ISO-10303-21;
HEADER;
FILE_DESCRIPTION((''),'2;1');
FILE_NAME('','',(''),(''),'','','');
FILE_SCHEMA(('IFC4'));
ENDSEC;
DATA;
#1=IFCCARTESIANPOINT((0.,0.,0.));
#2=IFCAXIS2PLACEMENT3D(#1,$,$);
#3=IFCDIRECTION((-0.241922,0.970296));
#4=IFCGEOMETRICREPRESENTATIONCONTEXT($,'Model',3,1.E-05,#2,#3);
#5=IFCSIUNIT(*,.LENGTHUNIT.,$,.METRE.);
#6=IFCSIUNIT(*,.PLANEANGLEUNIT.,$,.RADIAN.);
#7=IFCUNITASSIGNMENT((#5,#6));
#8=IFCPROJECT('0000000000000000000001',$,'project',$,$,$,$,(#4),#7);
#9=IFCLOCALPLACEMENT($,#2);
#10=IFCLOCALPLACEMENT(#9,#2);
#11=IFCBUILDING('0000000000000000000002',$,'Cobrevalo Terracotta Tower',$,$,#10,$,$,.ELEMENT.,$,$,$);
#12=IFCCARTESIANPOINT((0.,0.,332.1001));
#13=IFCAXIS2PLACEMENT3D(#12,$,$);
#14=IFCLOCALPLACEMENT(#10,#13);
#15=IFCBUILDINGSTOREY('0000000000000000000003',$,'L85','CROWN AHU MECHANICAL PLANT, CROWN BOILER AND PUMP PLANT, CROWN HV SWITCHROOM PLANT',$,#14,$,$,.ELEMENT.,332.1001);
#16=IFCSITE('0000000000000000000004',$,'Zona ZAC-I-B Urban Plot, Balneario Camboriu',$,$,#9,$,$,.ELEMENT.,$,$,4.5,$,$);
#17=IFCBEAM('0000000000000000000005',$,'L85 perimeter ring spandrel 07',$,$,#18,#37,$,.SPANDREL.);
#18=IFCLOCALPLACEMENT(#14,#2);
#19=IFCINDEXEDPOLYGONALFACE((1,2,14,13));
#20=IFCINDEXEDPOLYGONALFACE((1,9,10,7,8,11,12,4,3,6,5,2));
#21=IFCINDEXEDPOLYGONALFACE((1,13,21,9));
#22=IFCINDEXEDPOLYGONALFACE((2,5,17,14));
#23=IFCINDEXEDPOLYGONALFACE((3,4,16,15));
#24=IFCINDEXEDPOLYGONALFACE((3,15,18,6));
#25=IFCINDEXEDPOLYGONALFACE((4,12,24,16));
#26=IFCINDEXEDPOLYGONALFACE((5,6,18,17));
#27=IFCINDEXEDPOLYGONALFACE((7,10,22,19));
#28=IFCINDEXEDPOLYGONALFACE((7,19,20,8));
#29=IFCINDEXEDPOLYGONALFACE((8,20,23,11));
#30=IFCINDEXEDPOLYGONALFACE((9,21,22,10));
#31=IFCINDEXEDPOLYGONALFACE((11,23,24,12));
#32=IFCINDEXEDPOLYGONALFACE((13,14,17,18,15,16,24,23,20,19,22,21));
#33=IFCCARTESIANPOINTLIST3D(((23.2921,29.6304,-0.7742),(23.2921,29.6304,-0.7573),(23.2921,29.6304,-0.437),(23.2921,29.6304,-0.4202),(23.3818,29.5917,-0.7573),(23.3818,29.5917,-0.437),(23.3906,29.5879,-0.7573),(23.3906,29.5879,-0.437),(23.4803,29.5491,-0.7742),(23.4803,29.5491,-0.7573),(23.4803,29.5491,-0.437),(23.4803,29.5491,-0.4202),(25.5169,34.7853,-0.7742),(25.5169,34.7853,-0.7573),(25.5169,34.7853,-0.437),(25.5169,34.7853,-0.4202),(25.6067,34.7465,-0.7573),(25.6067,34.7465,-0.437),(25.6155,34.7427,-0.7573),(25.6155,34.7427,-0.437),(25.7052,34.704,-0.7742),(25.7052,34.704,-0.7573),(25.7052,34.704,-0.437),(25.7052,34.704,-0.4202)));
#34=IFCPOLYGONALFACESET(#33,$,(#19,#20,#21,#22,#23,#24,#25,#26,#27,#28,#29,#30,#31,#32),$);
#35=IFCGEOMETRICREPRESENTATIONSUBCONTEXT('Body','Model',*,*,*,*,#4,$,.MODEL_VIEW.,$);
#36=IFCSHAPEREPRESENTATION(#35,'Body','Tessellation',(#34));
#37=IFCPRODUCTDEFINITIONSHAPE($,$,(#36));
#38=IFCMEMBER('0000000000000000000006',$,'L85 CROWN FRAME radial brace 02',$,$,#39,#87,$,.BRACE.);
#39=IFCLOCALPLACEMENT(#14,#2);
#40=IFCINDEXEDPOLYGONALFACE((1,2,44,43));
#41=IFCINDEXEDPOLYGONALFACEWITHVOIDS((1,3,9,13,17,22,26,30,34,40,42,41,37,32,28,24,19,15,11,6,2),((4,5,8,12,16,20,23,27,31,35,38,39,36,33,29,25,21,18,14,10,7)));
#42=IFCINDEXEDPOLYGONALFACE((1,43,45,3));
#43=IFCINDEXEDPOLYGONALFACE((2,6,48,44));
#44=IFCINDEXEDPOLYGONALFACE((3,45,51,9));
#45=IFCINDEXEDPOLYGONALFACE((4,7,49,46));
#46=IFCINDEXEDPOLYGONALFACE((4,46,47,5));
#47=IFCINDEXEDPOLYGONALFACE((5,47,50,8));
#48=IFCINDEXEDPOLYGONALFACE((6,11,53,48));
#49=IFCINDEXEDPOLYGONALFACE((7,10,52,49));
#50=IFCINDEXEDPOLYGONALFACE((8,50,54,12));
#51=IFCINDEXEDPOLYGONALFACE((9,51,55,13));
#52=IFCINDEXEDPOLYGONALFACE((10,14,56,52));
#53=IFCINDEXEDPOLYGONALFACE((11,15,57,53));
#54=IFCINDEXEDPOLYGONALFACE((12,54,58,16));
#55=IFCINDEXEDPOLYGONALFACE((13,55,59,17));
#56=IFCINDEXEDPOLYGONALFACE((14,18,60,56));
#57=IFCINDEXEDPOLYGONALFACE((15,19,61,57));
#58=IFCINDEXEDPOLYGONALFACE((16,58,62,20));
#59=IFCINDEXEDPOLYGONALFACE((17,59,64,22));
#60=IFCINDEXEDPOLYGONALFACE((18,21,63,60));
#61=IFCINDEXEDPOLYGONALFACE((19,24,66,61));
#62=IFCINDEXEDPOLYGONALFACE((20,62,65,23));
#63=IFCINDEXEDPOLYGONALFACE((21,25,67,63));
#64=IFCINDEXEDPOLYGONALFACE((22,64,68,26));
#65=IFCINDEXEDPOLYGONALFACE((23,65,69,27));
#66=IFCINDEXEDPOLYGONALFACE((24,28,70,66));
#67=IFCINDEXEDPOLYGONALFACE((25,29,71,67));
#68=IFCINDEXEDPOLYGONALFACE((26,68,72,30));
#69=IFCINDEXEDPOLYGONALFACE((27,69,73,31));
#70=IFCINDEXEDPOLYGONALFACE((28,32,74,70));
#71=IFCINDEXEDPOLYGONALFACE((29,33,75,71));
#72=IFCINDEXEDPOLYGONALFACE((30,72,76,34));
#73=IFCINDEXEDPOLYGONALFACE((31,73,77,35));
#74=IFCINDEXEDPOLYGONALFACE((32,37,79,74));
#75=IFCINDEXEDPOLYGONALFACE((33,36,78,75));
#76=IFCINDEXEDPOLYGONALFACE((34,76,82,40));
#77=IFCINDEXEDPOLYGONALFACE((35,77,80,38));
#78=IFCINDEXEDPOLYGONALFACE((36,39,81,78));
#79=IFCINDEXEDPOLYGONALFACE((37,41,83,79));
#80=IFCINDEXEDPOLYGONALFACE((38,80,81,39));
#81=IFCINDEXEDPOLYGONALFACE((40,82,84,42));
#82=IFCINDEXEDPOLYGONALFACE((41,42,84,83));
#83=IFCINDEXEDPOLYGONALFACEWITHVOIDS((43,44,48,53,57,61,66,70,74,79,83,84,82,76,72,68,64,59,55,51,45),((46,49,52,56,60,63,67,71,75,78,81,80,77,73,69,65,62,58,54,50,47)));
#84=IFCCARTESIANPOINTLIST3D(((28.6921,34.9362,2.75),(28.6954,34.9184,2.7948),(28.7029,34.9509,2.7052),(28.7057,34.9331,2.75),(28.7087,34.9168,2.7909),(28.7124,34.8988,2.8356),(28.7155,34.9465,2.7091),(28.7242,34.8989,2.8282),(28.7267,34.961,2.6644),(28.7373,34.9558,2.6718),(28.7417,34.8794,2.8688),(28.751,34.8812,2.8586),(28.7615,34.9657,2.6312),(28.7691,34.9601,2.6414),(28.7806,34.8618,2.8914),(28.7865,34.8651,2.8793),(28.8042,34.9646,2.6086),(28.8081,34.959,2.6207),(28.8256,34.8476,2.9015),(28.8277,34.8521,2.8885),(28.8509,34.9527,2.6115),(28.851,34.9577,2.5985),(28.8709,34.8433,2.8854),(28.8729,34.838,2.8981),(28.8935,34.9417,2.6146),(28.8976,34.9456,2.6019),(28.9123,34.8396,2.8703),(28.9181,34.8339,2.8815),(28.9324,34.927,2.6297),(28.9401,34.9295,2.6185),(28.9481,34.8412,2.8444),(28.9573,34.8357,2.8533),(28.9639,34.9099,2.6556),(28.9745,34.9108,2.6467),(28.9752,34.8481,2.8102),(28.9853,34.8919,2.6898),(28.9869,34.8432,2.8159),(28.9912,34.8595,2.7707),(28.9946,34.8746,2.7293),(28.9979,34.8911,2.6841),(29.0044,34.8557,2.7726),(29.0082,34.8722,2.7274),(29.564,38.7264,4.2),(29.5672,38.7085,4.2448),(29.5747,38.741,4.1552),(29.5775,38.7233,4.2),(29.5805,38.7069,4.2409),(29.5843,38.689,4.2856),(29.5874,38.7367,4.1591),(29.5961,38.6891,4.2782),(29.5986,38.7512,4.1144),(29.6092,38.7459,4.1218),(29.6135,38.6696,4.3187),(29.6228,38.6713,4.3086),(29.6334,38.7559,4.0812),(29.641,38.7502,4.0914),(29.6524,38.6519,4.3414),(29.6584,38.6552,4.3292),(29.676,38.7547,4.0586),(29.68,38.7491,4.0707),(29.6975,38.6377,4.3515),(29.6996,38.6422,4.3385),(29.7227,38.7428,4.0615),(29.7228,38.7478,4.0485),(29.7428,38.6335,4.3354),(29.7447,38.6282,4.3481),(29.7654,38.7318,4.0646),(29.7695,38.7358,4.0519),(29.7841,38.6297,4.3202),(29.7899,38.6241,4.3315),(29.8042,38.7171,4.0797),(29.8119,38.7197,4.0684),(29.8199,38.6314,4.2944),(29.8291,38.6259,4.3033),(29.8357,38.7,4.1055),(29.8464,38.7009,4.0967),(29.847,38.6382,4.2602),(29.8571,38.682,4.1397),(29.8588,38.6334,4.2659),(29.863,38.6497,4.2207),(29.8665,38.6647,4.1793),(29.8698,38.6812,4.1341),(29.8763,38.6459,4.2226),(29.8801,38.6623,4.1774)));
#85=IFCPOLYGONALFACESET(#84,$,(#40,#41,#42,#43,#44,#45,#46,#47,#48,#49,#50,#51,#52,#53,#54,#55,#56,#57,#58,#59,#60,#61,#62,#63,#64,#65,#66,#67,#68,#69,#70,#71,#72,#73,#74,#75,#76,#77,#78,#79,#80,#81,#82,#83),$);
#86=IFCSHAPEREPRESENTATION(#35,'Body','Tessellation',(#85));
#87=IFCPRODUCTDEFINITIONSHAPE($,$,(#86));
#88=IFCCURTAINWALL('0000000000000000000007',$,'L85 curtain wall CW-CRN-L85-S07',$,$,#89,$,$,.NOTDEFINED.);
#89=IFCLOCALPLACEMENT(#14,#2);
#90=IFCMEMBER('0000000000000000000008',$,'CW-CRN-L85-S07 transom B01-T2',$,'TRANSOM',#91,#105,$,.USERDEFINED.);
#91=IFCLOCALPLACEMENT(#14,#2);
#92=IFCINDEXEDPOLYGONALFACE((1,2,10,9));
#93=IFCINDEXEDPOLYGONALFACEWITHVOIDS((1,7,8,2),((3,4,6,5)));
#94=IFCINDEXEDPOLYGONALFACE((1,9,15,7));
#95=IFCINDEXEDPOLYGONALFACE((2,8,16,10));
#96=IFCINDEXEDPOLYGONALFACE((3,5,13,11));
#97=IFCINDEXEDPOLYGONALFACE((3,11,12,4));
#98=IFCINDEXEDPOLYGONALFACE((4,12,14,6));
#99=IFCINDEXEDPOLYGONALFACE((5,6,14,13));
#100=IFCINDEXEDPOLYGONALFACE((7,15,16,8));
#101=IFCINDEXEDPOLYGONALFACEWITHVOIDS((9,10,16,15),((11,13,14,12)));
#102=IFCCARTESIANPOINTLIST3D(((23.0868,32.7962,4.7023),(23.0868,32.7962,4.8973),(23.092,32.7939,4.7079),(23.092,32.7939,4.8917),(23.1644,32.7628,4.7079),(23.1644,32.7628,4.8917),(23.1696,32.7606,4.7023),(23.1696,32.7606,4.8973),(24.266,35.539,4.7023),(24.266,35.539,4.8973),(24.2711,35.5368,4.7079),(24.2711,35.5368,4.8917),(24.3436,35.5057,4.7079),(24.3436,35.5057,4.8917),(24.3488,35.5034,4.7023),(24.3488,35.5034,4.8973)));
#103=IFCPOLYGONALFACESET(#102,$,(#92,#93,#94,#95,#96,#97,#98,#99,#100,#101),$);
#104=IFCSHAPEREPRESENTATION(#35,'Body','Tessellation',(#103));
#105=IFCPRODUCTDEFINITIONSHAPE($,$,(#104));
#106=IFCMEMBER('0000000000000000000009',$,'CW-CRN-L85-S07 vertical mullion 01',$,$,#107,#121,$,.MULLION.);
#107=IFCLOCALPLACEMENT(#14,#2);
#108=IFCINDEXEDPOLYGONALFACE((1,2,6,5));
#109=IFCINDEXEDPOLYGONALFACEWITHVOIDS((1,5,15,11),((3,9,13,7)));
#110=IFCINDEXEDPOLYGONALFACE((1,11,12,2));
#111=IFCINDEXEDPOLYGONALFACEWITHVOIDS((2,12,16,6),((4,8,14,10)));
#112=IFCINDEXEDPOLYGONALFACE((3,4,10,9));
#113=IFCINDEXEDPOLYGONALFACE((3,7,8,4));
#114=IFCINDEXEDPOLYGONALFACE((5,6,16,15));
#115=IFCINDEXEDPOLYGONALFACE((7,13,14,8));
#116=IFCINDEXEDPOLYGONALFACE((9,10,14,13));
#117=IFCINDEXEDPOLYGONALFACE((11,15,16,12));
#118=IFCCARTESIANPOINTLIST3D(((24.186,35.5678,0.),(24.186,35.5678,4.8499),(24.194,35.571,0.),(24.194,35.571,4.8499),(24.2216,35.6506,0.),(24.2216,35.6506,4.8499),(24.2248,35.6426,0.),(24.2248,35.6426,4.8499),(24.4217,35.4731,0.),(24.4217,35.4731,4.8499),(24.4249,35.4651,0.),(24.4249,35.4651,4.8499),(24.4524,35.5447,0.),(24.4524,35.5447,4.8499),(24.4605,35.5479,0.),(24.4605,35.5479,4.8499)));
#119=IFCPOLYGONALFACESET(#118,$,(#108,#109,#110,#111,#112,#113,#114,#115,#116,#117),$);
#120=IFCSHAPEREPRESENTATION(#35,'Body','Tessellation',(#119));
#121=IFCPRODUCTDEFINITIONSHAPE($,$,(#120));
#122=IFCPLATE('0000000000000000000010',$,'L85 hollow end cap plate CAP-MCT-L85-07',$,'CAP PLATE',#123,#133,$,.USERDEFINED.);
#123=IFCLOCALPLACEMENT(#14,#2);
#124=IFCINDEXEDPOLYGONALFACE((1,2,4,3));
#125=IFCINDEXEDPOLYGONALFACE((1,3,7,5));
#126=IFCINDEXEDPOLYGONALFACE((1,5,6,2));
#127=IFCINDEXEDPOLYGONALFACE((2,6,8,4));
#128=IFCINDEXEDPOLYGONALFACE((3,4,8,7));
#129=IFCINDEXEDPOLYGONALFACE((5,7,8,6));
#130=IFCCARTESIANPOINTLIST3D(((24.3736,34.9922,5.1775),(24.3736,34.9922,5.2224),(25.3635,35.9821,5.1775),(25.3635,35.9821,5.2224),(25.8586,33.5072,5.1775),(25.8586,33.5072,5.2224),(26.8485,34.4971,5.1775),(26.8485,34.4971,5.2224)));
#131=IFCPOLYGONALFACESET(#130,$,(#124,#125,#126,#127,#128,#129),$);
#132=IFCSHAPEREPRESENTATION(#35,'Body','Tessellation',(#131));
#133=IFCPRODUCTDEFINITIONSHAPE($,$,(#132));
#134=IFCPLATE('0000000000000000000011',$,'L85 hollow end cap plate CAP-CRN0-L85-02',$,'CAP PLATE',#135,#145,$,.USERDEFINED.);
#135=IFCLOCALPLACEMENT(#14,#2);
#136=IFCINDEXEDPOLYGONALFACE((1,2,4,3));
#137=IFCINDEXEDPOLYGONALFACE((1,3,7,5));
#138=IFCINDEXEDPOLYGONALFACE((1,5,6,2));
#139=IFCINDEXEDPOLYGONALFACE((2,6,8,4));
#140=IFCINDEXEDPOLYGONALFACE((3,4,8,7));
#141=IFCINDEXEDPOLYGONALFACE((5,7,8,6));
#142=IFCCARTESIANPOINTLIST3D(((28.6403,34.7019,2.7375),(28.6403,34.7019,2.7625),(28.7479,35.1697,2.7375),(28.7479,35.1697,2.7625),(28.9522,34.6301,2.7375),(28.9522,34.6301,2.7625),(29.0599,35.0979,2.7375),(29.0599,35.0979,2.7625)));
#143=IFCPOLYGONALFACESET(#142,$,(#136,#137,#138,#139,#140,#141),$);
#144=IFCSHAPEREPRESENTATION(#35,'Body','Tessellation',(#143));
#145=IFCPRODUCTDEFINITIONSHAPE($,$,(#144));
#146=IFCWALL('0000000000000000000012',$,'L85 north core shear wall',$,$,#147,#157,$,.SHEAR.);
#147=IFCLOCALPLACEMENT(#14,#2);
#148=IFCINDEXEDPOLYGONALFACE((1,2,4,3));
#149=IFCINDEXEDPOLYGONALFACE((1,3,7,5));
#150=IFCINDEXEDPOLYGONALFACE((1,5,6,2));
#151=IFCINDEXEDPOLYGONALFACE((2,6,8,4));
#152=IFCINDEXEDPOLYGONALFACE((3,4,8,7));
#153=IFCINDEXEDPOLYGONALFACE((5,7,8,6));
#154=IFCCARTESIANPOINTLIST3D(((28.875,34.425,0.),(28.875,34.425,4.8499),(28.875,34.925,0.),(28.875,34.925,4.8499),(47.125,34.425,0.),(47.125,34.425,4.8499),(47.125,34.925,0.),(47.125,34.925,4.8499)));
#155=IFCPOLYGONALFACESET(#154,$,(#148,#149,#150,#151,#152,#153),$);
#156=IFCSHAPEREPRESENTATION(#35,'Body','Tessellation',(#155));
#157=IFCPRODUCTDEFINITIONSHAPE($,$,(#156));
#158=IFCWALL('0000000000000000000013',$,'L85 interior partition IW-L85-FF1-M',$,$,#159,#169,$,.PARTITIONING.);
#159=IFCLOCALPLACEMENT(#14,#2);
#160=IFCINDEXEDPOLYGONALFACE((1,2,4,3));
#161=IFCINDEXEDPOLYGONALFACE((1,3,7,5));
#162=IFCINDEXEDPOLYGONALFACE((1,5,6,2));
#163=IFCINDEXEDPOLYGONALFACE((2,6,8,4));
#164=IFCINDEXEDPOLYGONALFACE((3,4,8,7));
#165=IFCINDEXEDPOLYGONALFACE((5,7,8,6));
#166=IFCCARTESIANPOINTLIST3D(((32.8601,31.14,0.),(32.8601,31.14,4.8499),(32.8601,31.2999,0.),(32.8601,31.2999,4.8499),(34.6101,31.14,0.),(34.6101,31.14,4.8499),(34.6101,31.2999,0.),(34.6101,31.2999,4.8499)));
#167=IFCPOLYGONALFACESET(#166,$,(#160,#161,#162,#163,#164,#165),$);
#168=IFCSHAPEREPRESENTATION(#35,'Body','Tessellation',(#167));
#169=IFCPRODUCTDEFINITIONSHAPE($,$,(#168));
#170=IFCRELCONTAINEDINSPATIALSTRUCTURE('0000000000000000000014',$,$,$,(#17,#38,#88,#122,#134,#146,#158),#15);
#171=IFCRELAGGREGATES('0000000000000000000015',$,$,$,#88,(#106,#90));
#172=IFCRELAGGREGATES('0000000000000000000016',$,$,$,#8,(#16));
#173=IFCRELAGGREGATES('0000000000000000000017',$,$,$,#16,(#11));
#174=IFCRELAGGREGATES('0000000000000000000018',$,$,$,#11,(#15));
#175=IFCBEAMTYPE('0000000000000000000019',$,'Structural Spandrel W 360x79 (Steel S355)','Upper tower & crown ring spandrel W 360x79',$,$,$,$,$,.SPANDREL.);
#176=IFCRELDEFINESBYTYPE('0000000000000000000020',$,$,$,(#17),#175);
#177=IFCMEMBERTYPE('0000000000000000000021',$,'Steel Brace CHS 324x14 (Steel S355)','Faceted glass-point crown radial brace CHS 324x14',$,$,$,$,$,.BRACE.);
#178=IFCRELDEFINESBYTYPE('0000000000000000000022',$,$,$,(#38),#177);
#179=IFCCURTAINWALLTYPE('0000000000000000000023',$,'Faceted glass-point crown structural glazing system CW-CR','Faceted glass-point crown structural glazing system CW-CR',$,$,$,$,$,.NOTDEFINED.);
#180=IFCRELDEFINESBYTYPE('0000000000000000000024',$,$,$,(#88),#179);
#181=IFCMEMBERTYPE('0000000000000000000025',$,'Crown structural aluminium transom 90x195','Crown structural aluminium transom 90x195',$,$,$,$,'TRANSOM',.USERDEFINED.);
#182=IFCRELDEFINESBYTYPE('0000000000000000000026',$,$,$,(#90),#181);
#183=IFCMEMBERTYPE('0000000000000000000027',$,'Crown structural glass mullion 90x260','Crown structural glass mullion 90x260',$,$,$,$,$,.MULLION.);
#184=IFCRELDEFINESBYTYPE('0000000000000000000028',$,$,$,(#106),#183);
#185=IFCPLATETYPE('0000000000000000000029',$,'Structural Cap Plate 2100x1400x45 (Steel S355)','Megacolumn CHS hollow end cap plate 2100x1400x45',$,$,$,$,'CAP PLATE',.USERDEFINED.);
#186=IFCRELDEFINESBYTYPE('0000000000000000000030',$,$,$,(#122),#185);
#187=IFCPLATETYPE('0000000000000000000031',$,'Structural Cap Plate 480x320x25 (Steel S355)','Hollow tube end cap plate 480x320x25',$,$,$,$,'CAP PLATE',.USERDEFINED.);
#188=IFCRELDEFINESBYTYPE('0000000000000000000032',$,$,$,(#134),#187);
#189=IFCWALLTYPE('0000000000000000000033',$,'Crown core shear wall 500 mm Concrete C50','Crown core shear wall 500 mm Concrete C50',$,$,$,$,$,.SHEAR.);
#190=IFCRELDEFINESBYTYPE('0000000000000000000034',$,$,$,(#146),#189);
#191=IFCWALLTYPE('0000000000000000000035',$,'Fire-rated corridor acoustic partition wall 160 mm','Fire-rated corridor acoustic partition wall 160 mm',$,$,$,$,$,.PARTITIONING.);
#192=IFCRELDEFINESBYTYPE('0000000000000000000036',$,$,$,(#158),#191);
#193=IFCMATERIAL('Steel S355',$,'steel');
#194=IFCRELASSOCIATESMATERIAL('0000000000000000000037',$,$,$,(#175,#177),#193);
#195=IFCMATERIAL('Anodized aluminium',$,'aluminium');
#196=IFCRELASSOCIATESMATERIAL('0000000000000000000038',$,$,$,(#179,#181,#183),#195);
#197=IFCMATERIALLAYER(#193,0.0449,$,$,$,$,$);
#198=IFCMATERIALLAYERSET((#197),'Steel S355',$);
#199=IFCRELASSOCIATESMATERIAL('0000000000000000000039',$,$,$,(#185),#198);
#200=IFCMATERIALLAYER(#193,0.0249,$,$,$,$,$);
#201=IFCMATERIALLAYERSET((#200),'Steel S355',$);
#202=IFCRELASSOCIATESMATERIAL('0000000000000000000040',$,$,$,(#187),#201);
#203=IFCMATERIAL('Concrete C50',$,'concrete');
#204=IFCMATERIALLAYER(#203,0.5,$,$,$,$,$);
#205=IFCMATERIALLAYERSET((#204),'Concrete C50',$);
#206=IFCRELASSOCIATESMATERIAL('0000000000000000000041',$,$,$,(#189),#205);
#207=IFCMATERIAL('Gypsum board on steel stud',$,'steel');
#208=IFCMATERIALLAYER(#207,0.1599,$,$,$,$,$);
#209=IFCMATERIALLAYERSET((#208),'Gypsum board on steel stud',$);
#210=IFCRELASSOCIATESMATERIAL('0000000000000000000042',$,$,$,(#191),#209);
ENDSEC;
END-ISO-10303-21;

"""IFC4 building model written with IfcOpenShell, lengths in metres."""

from ifc_helpers import new_model, si_unit, direction, frame, frame_2d, origin, origin_2d, place, context, subcontext, project, spatial, rectangle, hollow_rectangle, hollow_circle, i_section, extrude, source, transform, mapped, material, layer, layer_set, material_profile, profile_set, type_object, element, aggregate, save


model = new_model("IFC4")

# Units and contexts
model_context = context("Model", 3, precision=1e-05, world=origin(), true_north=direction((-0.241922, 0.970296)))
body_context = subcontext(model_context, "Body", "Model", "MODEL_VIEW")
ifc_project = project(units=[si_unit("LENGTHUNIT", "METRE"), si_unit("PLANEANGLEUNIT", "RADIAN")], contexts=[model_context])

# Site, building, storey
site_placement = place(None, origin())
site = spatial("IfcSite", under=ifc_project, at=site_placement, Name="Zona ZAC-I-B Urban Plot, Balneario Camboriu", CompositionType="ELEMENT", RefElevation=4.5)
building_placement = place(site_placement, origin())
building = spatial("IfcBuilding", under=site, at=building_placement, Name="Cobrevalo Terracotta Tower", CompositionType="ELEMENT")
storey_placement = place(building_placement, frame((0.0, 0.0, 332.1001)))
storey = spatial("IfcBuildingStorey", under=building, at=storey_placement, Name="L85", Description="CROWN AHU MECHANICAL PLANT, CROWN BOILER AND PUMP PLANT, CROWN HV SWITCHROOM PLANT", CompositionType="ELEMENT", Elevation=332.1001)

# Shared definitions
ifc_material_1 = material(Name="Steel S355", Category="steel")
ifc_material_2 = material(Name="Concrete C50", Category="concrete")

# Beam
ifc_material_profile_1 = material_profile(ifc_material_1, i_section(OverallWidth=0.2051, OverallDepth=0.354, WebThickness=0.0095, FlangeThickness=0.0168, at=origin_2d()), Name="W 360x79")
ifc_profile_set_1 = profile_set([ifc_material_profile_1], Name="Steel S355")
beam_type_1 = type_object("IfcBeamType", Name="Structural Spandrel W 360x79 (Steel S355)", Description="Upper tower & crown ring spandrel W 360x79", PredefinedType="SPANDREL", material=ifc_profile_set_1)
beam_1_placement = place(storey_placement, frame((25.6111, 34.7446, -0.5972), z_axis=(-0.396274, -0.918132, 0.0), x_axis=(0.918132, -0.396274, 0.0)))
element("IfcBeam", 1, at=beam_1_placement, inside=storey, type_object=beam_type_1, Name="L85 perimeter ring spandrel 07", PredefinedType="SPANDREL", context=body_context, shape_type="SweptSolid", body=[
    extrude(i_section(OverallWidth=0.2051, OverallDepth=0.354, WebThickness=0.0095, FlangeThickness=0.0168, at=origin_2d()), origin(), (0.0, 0.0, 1.0), 5.6145),
])

# Member
ifc_material_profile_2 = material_profile(ifc_material_1, hollow_circle(Radius=0.1621, WallThickness=0.0139, at=origin_2d()), Name="CHS 324x14")
ifc_profile_set_2 = profile_set([ifc_material_profile_2], Name="Steel S355")
member_type_1 = type_object("IfcMemberType", Name="Steel Brace CHS 324x14 (Steel S355)", Description="Faceted glass-point crown radial brace CHS 324x14", PredefinedType="BRACE", material=ifc_profile_set_2)
shared_shape_1 = source(origin(), body_context, "Body", "SweptSolid", [
    extrude(hollow_circle(Radius=0.1621, WallThickness=0.0139, at=origin_2d()), origin(), (0.0, 0.0, 1.0), 4.1506),
])
member_1_placement = place(storey_placement, frame((28.8501, 34.8999, 2.75), z_axis=(0.210052, 0.913147, 0.349342), x_axis=(-0.974549, 0.224176, 0.0)))
element("IfcMember", 2, at=member_1_placement, inside=storey, type_object=member_type_1, Name="L85 CROWN FRAME radial brace 02", PredefinedType="BRACE", context=body_context, shape_type="MappedRepresentation", body=[
    mapped(shared_shape_1, transform((0.0, 0.0, 0.0), scale=1.0)),
])

# Curtain wall, members
ifc_material_3 = material(Name="Anodized aluminium", Category="aluminium")
curtain_wall_type = type_object("IfcCurtainWallType", Name="Faceted glass-point crown structural glazing system CW-CR", Description="Faceted glass-point crown structural glazing system CW-CR", PredefinedType="NOTDEFINED", material=ifc_material_3)
curtain_wall_placement = place(storey_placement, origin())
curtain_wall = element("IfcCurtainWall", 3, at=curtain_wall_placement, inside=storey, type_object=curtain_wall_type, Name="L85 curtain wall CW-CRN-L85-S07", PredefinedType="NOTDEFINED")
ifc_material_profile_3 = material_profile(ifc_material_3, hollow_rectangle(XDim=0.0901, YDim=0.1951, WallThickness=0.0056, at=origin_2d()), Name="CWT 90x195")
ifc_profile_set_3 = profile_set([ifc_material_profile_3], Name="Anodized aluminium")
member_type_2 = type_object("IfcMemberType", Name="Crown structural aluminium transom 90x195", Description="Crown structural aluminium transom 90x195", ElementType="TRANSOM", PredefinedType="USERDEFINED", material=ifc_profile_set_3)
shared_shape_2 = source(origin(), body_context, "Body", "SweptSolid", [
    extrude(hollow_rectangle(XDim=0.0901, YDim=0.1951, WallThickness=0.0056, at=origin_2d()), origin(), (0.0, 0.0, 1.0), 2.9856),
])
member_2_placement = place(storey_placement, frame((24.3074, 35.5212, 4.7998), z_axis=(-0.394955, -0.9187, 0.0), x_axis=(0.9187, -0.394955, 0.0)))
member_2 = element("IfcMember", 4, at=member_2_placement, type_object=member_type_2, Name="CW-CRN-L85-S07 transom B01-T2", ObjectType="TRANSOM", PredefinedType="USERDEFINED", context=body_context, shape_type="MappedRepresentation", body=[
    mapped(shared_shape_2, transform((0.0, 0.0, 0.0), scale=1.0)),
])
ifc_material_profile_4 = material_profile(ifc_material_3, hollow_rectangle(XDim=0.0901, YDim=0.26, WallThickness=0.0061, at=origin_2d()), Name="CWM 90x260")
ifc_profile_set_4 = profile_set([ifc_material_profile_4], Name="Anodized aluminium")
member_type_3 = type_object("IfcMemberType", Name="Crown structural glass mullion 90x260", Description="Crown structural glass mullion 90x260", PredefinedType="MULLION", material=ifc_profile_set_4)
shared_shape_3 = source(origin(), body_context, "Body", "SweptSolid", [
    extrude(hollow_rectangle(XDim=0.0901, YDim=0.26, WallThickness=0.0061, at=origin_2d()), origin(), (0.0, 0.0, 1.0), 4.8499),
])
member_3_placement = place(storey_placement, frame((24.3232, 35.5579, 0.0), z_axis=(0.0, 0.0, 1.0), x_axis=(-0.394968, -0.918695, 0.0)))
member_3 = element("IfcMember", 5, at=member_3_placement, type_object=member_type_3, Name="CW-CRN-L85-S07 vertical mullion 01", PredefinedType="MULLION", context=body_context, shape_type="MappedRepresentation", body=[
    mapped(shared_shape_3, transform((0.0, 0.0, 0.0), scale=1.0)),
])
aggregate(curtain_wall, [member_3, member_2])

# Plates
ifc_layer_1 = layer(ifc_material_1, 0.0449)
ifc_layer_set_1 = layer_set([ifc_layer_1], Name="Steel S355")
plate_type_1 = type_object("IfcPlateType", Name="Structural Cap Plate 2100x1400x45 (Steel S355)", Description="Megacolumn CHS hollow end cap plate 2100x1400x45", ElementType="CAP PLATE", PredefinedType="USERDEFINED", material=ifc_layer_set_1)
shared_shape_4 = source(origin(), body_context, "Body", "SweptSolid", [
    extrude(rectangle(XDim=2.1001, YDim=1.3999, at=origin_2d()), origin(), (0.0, 0.0, 1.0), 0.0449),
])
plate_1_placement = place(storey_placement, frame((25.6111, 34.7446, 5.1775), z_axis=(0.0, 0.0, 1.0), x_axis=(-0.707107, 0.707107, 0.0)))
element("IfcPlate", 6, at=plate_1_placement, inside=storey, type_object=plate_type_1, Name="L85 hollow end cap plate CAP-MCT-L85-07", ObjectType="CAP PLATE", PredefinedType="USERDEFINED", context=body_context, shape_type="MappedRepresentation", body=[
    mapped(shared_shape_4, transform((0.0, 0.0, 0.0), scale=1.0)),
])
ifc_layer_2 = layer(ifc_material_1, 0.0249)
ifc_layer_set_2 = layer_set([ifc_layer_2], Name="Steel S355")
plate_type_2 = type_object("IfcPlateType", Name="Structural Cap Plate 480x320x25 (Steel S355)", Description="Hollow tube end cap plate 480x320x25", ElementType="CAP PLATE", PredefinedType="USERDEFINED", material=ifc_layer_set_2)
shared_shape_5 = source(origin(), body_context, "Body", "SweptSolid", [
    extrude(rectangle(XDim=0.48, YDim=0.3201, at=origin_2d()), origin(), (0.0, 0.0, 1.0), 0.0249),
])
plate_2_placement = place(storey_placement, frame((28.8501, 34.8999, 2.7375), z_axis=(0.0, 0.0, 1.0), x_axis=(0.224221, 0.974538, 0.0)))
element("IfcPlate", 7, at=plate_2_placement, inside=storey, type_object=plate_type_2, Name="L85 hollow end cap plate CAP-CRN0-L85-02", ObjectType="CAP PLATE", PredefinedType="USERDEFINED", context=body_context, shape_type="MappedRepresentation", body=[
    mapped(shared_shape_5, transform((0.0, 0.0, 0.0), scale=1.0)),
])

# Walls
ifc_layer_3 = layer(ifc_material_2, 0.5)
ifc_layer_set_3 = layer_set([ifc_layer_3], Name="Concrete C50")
wall_type_1 = type_object("IfcWallType", Name="Crown core shear wall 500 mm Concrete C50", Description="Crown core shear wall 500 mm Concrete C50", PredefinedType="SHEAR", material=ifc_layer_set_3)
wall_1_placement = place(storey_placement, frame((28.875, 34.675, 0.0), z_axis=(0.0, 0.0, 1.0), x_axis=(1.0, 0.0, 0.0)))
element("IfcWall", 8, at=wall_1_placement, inside=storey, type_object=wall_type_1, Name="L85 north core shear wall", PredefinedType="SHEAR", context=body_context, shape_type="SweptSolid", body=[
    extrude(rectangle(XDim=18.25, YDim=0.5, at=frame_2d((9.125, 0.0))), origin(), (0.0, 0.0, 1.0), 4.8499),
])
ifc_material_4 = material(Name="Gypsum board on steel stud", Category="steel")
ifc_layer_4 = layer(ifc_material_4, 0.1599)
ifc_layer_set_4 = layer_set([ifc_layer_4], Name="Gypsum board on steel stud")
wall_type_2 = type_object("IfcWallType", Name="Fire-rated corridor acoustic partition wall 160 mm", Description="Fire-rated corridor acoustic partition wall 160 mm", PredefinedType="PARTITIONING", material=ifc_layer_set_4)
wall_2_placement = place(storey_placement, frame((32.8601, 31.22, 0.0), z_axis=(0.0, 0.0, 1.0), x_axis=(1.0, 0.0, 0.0)))
element("IfcWall", 9, at=wall_2_placement, inside=storey, type_object=wall_type_2, Name="L85 interior partition IW-L85-FF1-M", PredefinedType="PARTITIONING", context=body_context, shape_type="SweptSolid", body=[
    extrude(rectangle(XDim=1.75, YDim=0.1599, at=frame_2d((0.875, 0.0))), origin(), (0.0, 0.0, 1.0), 4.8499),
])

save(model, "model.ifc")
